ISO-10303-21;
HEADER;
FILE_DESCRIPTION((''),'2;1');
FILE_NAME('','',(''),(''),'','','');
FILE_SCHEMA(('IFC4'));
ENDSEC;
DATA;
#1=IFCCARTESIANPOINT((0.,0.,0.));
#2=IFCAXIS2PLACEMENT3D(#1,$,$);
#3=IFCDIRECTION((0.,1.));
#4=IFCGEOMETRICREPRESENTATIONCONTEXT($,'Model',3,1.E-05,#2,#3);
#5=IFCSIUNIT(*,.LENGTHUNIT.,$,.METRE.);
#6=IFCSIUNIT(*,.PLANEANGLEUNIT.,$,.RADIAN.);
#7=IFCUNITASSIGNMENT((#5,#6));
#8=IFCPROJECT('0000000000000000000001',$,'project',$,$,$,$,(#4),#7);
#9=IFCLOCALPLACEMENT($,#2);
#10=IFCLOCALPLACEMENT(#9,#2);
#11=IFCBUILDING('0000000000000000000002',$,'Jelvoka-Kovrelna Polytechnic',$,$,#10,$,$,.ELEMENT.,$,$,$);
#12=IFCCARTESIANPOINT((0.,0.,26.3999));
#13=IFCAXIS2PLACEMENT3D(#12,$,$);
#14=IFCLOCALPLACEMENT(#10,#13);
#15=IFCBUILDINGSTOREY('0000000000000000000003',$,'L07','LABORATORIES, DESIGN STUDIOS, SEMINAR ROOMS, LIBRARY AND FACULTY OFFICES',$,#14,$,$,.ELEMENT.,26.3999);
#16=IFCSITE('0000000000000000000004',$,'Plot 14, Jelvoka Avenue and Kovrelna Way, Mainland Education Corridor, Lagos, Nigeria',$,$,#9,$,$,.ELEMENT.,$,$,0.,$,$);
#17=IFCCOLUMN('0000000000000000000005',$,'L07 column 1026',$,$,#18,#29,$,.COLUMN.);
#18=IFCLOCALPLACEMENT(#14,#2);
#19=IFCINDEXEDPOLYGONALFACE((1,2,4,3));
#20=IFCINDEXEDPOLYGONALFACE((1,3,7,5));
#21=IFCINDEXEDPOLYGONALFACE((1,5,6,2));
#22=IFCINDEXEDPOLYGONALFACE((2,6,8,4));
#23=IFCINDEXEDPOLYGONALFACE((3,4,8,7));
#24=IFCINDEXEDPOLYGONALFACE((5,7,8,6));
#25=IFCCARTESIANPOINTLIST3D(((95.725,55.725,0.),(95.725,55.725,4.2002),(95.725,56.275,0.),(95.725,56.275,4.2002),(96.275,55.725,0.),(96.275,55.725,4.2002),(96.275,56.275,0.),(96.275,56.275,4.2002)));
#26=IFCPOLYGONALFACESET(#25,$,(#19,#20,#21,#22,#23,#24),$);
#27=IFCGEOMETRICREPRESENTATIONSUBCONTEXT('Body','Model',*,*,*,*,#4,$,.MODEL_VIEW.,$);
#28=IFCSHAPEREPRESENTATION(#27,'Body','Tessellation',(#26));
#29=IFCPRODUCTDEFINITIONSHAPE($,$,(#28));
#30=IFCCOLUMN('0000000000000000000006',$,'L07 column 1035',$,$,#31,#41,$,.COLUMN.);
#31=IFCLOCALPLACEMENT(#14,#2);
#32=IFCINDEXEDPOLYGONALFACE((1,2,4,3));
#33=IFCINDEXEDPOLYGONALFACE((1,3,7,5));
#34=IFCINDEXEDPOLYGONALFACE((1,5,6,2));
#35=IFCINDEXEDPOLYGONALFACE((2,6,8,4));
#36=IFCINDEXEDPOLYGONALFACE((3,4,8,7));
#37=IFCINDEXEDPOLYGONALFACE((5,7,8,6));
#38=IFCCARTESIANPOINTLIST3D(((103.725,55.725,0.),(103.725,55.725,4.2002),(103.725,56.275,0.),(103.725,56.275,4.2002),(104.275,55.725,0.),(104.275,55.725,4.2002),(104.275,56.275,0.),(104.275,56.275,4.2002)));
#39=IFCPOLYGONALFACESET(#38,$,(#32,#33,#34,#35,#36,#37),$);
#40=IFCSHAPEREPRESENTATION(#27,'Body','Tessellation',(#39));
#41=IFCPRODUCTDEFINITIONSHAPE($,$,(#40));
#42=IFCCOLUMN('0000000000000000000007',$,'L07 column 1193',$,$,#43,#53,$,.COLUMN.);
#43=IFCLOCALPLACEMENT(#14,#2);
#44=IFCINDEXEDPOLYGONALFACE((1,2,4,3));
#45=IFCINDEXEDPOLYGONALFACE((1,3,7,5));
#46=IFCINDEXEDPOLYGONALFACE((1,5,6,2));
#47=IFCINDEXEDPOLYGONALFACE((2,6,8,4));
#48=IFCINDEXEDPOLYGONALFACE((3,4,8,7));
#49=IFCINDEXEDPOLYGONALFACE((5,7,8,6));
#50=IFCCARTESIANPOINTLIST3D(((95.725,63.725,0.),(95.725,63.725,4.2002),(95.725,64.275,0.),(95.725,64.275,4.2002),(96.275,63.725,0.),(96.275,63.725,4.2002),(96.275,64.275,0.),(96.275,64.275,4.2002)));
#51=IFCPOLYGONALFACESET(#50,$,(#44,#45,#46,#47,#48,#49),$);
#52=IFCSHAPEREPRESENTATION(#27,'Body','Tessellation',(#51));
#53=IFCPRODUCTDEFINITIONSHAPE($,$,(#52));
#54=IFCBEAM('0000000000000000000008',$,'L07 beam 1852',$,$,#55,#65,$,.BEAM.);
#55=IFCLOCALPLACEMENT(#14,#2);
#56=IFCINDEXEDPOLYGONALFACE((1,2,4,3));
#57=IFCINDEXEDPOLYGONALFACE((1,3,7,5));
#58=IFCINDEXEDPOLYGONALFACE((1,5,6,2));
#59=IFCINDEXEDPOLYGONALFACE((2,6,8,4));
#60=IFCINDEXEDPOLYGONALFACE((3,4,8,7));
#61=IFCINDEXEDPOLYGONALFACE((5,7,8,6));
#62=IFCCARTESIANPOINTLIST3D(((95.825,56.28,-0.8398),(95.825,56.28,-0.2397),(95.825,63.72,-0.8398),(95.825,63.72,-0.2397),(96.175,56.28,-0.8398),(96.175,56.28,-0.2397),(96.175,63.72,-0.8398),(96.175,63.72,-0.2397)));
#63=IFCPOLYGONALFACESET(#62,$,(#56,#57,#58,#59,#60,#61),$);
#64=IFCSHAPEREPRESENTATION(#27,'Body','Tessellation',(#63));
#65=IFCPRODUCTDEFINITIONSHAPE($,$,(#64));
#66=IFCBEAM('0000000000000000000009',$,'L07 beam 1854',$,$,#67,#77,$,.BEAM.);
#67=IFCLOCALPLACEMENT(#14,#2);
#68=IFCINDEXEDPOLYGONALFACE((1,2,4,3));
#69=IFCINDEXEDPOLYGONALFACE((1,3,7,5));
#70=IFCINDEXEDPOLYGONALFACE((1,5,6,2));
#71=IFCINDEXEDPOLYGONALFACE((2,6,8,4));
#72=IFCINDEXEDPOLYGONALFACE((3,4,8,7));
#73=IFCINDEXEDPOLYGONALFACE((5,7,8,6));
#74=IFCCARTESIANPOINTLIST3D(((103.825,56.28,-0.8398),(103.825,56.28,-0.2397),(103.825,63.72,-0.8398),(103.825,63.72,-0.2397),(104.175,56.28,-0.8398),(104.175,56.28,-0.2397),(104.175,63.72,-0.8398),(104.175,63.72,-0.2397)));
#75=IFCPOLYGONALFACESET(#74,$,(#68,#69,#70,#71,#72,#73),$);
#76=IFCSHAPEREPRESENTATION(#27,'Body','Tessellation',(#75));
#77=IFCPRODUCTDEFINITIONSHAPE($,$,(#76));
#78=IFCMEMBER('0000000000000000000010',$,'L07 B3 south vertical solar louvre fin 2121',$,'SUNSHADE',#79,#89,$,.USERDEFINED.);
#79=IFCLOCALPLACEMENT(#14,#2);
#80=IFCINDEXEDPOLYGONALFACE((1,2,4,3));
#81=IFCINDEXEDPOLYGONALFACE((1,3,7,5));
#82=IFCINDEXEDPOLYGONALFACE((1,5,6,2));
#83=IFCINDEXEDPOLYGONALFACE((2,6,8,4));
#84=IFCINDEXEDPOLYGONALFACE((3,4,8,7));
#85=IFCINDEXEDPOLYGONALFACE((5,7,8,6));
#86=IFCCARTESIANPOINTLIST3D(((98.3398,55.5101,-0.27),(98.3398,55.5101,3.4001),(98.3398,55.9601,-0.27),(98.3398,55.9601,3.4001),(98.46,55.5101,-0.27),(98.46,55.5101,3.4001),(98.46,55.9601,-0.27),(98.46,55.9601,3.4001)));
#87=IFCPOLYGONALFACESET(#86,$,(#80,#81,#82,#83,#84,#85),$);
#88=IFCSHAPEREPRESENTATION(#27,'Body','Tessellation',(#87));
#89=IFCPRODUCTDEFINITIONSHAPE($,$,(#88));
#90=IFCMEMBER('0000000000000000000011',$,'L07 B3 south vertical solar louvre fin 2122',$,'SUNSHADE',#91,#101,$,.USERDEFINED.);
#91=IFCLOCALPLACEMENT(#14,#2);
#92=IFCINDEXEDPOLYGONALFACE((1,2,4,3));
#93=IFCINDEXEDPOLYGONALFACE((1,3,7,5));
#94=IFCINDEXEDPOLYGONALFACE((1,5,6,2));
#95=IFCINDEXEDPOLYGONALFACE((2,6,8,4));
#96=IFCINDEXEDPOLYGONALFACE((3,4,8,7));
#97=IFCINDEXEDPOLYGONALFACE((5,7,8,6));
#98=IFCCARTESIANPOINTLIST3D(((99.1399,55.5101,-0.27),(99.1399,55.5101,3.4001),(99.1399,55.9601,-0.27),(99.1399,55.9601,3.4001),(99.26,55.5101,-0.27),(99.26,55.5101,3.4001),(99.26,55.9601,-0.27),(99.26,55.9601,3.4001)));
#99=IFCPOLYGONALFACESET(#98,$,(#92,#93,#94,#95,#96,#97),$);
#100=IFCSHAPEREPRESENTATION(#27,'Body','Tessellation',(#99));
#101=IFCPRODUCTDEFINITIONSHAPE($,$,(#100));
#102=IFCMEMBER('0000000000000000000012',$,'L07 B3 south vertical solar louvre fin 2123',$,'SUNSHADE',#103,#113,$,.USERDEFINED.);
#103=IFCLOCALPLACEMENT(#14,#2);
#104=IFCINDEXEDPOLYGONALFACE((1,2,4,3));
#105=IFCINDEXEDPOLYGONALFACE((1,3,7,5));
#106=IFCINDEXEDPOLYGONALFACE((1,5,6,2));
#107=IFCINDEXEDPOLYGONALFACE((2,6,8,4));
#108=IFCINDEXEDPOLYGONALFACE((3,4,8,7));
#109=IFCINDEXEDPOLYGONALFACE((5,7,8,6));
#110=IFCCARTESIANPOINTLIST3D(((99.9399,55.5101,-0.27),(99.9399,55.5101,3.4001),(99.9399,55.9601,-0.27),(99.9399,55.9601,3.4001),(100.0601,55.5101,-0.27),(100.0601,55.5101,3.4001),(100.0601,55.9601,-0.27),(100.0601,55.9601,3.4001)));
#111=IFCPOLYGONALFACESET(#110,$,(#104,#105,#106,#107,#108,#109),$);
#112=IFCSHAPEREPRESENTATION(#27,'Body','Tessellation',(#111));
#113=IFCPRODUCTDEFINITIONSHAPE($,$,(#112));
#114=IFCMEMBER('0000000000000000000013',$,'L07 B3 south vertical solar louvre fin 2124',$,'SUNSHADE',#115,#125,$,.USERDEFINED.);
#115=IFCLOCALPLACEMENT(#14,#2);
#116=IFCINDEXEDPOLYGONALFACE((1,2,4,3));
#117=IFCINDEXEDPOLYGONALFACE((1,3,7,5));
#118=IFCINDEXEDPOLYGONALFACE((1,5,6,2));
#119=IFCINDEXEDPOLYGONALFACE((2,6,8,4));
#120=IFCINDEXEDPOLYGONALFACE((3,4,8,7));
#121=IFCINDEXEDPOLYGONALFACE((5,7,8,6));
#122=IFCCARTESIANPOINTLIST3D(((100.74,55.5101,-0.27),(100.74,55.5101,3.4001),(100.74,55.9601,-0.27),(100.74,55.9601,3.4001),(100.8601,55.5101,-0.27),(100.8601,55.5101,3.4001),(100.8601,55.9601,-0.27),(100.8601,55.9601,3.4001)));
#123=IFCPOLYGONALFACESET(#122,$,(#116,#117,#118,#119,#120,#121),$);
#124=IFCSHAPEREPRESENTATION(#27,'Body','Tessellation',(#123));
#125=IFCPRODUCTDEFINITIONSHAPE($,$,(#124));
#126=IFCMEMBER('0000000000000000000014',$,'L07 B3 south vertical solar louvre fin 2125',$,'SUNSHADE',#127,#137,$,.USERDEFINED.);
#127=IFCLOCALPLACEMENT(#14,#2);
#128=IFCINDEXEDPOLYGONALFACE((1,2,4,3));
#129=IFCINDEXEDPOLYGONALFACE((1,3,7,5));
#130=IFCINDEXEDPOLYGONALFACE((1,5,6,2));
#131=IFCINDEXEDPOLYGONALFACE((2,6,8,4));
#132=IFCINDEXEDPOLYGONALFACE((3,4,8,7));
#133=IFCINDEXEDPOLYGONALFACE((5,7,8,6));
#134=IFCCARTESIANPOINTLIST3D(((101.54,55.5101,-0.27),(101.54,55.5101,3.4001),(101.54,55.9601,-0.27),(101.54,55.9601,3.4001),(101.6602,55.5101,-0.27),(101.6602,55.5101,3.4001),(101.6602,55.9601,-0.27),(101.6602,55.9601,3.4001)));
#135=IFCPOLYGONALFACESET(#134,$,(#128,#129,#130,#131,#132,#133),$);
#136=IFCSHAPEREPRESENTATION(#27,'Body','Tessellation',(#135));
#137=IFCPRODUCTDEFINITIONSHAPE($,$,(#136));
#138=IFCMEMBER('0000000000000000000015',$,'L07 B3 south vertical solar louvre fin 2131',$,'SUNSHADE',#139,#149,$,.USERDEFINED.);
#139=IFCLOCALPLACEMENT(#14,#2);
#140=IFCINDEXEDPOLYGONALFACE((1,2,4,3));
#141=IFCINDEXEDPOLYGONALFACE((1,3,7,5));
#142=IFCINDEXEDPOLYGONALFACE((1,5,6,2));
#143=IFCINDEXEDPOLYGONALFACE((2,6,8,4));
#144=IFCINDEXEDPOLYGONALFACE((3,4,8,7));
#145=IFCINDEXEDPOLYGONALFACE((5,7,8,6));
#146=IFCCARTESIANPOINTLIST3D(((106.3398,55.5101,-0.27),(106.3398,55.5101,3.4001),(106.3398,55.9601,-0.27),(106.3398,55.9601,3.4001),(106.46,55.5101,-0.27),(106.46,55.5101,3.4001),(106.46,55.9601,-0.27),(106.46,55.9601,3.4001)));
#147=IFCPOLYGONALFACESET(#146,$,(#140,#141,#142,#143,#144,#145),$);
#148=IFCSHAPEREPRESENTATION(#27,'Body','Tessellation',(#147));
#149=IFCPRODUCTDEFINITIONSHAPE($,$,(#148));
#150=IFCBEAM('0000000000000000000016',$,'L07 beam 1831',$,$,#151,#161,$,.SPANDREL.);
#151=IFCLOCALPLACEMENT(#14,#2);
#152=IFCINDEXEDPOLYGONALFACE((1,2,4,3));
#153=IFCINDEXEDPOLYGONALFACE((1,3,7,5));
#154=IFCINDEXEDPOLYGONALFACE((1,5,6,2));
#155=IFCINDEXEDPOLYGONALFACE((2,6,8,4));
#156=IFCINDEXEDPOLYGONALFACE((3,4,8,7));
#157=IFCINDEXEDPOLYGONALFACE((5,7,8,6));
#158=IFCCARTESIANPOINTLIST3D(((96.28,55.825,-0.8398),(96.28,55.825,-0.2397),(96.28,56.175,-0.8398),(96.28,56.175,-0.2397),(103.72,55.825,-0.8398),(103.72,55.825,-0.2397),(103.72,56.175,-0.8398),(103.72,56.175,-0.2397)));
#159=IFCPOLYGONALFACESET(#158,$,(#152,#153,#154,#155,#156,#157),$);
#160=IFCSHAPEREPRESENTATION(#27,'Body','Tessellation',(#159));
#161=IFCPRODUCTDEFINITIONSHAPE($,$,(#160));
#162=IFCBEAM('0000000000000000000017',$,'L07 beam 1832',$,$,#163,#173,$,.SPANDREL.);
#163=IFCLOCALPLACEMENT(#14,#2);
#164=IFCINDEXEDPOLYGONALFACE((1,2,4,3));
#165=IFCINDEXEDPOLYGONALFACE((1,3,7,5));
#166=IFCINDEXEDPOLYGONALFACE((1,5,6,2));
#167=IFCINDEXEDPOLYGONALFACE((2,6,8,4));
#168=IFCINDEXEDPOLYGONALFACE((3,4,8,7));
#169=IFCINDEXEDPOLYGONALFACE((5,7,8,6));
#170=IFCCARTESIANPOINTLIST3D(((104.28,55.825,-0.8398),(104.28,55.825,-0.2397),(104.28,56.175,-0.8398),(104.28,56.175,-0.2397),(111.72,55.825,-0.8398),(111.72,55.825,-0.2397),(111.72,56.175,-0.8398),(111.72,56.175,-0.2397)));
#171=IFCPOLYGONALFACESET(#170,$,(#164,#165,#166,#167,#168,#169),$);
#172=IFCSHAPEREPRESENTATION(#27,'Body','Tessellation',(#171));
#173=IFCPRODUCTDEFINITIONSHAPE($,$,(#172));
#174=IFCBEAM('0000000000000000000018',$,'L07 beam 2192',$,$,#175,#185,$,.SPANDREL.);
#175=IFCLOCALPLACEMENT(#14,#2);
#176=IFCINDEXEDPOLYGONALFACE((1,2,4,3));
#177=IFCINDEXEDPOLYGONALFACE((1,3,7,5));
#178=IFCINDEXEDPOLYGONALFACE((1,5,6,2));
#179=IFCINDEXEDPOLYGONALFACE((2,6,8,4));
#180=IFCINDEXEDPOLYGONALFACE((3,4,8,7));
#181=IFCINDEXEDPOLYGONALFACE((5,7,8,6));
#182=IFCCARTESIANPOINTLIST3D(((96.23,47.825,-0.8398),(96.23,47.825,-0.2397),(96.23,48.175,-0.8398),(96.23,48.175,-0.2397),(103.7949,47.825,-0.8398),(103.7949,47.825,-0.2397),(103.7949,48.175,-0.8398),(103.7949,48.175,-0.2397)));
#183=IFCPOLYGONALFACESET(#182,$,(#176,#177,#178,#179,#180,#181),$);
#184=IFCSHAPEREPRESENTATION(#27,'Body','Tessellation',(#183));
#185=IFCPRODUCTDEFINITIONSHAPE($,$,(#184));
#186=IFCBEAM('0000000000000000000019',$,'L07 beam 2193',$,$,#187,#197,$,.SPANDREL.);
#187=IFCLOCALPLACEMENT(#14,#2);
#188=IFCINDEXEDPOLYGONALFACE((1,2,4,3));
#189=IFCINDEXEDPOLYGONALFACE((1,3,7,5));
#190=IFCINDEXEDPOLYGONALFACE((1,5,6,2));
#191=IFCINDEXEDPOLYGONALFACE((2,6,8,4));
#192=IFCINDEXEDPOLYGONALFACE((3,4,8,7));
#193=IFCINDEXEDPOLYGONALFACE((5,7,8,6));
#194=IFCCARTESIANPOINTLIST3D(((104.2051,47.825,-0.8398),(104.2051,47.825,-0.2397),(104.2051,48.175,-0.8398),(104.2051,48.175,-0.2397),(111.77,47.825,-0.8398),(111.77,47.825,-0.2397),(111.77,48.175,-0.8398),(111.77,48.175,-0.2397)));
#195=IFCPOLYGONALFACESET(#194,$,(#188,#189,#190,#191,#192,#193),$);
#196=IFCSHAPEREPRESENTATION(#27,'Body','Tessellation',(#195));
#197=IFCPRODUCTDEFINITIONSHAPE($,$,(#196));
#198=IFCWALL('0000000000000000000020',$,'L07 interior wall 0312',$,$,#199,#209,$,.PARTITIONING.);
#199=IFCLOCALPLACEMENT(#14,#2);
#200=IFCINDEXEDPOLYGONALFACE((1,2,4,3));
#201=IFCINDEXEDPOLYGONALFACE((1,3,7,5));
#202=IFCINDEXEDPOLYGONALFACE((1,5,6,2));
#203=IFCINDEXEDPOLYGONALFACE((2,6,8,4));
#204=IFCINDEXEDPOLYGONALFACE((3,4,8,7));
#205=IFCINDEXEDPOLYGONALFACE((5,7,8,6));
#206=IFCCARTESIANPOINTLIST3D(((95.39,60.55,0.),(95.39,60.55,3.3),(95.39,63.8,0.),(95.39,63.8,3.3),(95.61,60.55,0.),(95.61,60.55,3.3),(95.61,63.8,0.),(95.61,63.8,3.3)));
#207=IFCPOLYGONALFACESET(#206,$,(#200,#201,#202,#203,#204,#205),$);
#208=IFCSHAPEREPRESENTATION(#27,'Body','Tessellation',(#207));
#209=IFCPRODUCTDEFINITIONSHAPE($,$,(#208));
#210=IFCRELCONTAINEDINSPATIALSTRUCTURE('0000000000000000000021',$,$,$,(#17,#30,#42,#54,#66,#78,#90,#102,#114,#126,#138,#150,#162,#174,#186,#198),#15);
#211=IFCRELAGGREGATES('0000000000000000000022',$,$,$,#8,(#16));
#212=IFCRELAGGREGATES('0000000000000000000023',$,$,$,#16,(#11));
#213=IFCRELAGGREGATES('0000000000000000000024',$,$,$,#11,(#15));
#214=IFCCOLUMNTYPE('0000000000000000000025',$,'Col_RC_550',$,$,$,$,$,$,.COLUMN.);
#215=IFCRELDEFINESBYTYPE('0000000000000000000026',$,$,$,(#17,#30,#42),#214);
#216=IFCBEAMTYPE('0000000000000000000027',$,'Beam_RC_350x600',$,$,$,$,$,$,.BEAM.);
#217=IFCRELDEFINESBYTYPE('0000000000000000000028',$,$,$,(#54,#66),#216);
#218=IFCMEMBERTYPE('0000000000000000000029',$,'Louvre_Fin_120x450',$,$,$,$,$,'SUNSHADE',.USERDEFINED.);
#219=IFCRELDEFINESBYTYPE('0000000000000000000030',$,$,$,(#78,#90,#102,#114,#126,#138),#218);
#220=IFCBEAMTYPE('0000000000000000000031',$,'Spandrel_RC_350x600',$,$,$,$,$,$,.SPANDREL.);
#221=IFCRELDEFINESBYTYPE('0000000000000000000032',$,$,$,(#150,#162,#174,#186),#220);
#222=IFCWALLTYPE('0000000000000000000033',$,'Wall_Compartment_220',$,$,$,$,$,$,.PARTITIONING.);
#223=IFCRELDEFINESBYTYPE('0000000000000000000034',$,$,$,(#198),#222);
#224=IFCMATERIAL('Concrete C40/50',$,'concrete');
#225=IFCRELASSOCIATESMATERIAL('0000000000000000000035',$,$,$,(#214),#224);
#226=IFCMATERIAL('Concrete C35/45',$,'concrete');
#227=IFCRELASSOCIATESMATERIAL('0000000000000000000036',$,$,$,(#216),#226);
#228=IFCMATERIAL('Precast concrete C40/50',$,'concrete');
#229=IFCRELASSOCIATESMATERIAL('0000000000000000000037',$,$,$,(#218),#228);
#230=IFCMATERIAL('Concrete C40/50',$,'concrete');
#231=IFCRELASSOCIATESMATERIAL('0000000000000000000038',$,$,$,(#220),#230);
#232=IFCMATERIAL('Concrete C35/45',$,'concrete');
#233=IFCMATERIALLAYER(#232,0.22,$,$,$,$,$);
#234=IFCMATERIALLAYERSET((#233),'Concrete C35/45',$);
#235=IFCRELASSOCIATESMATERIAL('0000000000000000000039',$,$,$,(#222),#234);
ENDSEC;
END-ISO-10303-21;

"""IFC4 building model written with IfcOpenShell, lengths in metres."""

from ifc_helpers import new_model, si_unit, direction, frame, frame_2d, origin, origin_2d, place, context, subcontext, project, spatial, rectangle, extrude, material, layer, layer_set, material_profile, profile_set, type_object, element, save


model = new_model("IFC4")

# Units and contexts
model_context = context("Model", 3, precision=1e-05, world=origin(), true_north=direction((0.0, 1.0)))
body_context = subcontext(model_context, "Body", "Model", "MODEL_VIEW")
ifc_project = project(units=[si_unit("LENGTHUNIT", "METRE"), si_unit("PLANEANGLEUNIT", "RADIAN")], contexts=[model_context])

# Site, building, storey
site_placement = place(None, origin())
site = spatial("IfcSite", under=ifc_project, at=site_placement, Name="Plot 14, Jelvoka Avenue and Kovrelna Way, Mainland Education Corridor, Lagos, Nigeria", CompositionType="ELEMENT", RefElevation=0.0)
building_placement = place(site_placement, origin())
building = spatial("IfcBuilding", under=site, at=building_placement, Name="Jelvoka-Kovrelna Polytechnic", CompositionType="ELEMENT")
storey_placement = place(building_placement, frame((0.0, 0.0, 26.3999)))
storey = spatial("IfcBuildingStorey", under=building, at=storey_placement, Name="L07", Description="LABORATORIES, DESIGN STUDIOS, SEMINAR ROOMS, LIBRARY AND FACULTY OFFICES", CompositionType="ELEMENT", Elevation=26.3999)

# Columns
ifc_material_1 = material(Name="Concrete C40/50", Category="concrete")
ifc_material_profile_1 = material_profile(ifc_material_1, rectangle(XDim=0.55, YDim=0.55, at=origin_2d()), Name="RC 550x550")
ifc_profile_set_1 = profile_set([ifc_material_profile_1], Name="Concrete C40/50")
column_type = type_object("IfcColumnType", Name="Col_RC_550", PredefinedType="COLUMN", material=ifc_profile_set_1)
for number, where, z_axis, x_axis, name in (
    (1, (96.0, 56.0, 0.0), (0.0, 0.0, 1.0), (1.0, 0.0, 0.0), "L07 column 1026"),
    (2, (104.0, 56.0, 0.0), (0.0, 0.0, 1.0), (1.0, 0.0, 0.0), "L07 column 1035"),
    (3, (96.0, 64.0, 0.0), (0.0, 0.0, 1.0), (1.0, 0.0, 0.0), "L07 column 1193"),
):
    element("IfcColumn", number, at=place(storey_placement, frame(where, z_axis=z_axis, x_axis=x_axis)), inside=storey, type_object=column_type, Name=name, PredefinedType="COLUMN", context=body_context, shape_type="SweptSolid", body=[
        extrude(rectangle(XDim=0.55, YDim=0.55, at=origin_2d()), origin(), (0.0, 0.0, 1.0), 4.2002),
    ])

# Beams
ifc_material_2 = material(Name="Concrete C35/45", Category="concrete")
ifc_material_profile_2 = material_profile(ifc_material_2, rectangle(XDim=0.3501, YDim=0.6001, at=origin_2d()), Name="RC 350x600")
ifc_profile_set_2 = profile_set([ifc_material_profile_2], Name="Concrete C35/45")
beam_type_1 = type_object("IfcBeamType", Name="Beam_RC_350x600", PredefinedType="BEAM", material=ifc_profile_set_2)
for number, where, z_axis, x_axis, name in (
    (4, (96.0, 56.28, -0.5398), (0.0, 1.0, 0.0), (-1.0, 0.0, 0.0), "L07 beam 1852"),
    (5, (104.0, 56.28, -0.5398), (0.0, 1.0, 0.0), (-1.0, 0.0, 0.0), "L07 beam 1854"),
):
    element("IfcBeam", number, at=place(storey_placement, frame(where, z_axis=z_axis, x_axis=x_axis)), inside=storey, type_object=beam_type_1, Name=name, PredefinedType="BEAM", context=body_context, shape_type="SweptSolid", body=[
        extrude(rectangle(XDim=0.3501, YDim=0.6001, at=origin_2d()), origin(), (0.0, 0.0, 1.0), 7.4399),
    ])

# Members
ifc_material_3 = material(Name="Precast concrete C40/50", Category="concrete")
ifc_material_profile_3 = material_profile(ifc_material_3, rectangle(XDim=0.1201, YDim=0.45, at=origin_2d()), Name="PC 120x450")
ifc_profile_set_3 = profile_set([ifc_material_profile_3], Name="Precast concrete C40/50")
member_type = type_object("IfcMemberType", Name="Louvre_Fin_120x450", ElementType="SUNSHADE", PredefinedType="USERDEFINED", material=ifc_profile_set_3)
for number, where, z_axis, x_axis, name in (
    (6, (98.3999, 55.7351, -0.27), (0.0, 0.0, 1.0), (1.0, 0.0, 0.0), "L07 B3 south vertical solar louvre fin 2121"),
    (7, (99.2, 55.7351, -0.27), (0.0, 0.0, 1.0), (1.0, 0.0, 0.0), "L07 B3 south vertical solar louvre fin 2122"),
    (8, (100.0, 55.7351, -0.27), (0.0, 0.0, 1.0), (1.0, 0.0, 0.0), "L07 B3 south vertical solar louvre fin 2123"),
    (9, (100.8, 55.7351, -0.27), (0.0, 0.0, 1.0), (1.0, 0.0, 0.0), "L07 B3 south vertical solar louvre fin 2124"),
    (10, (101.6001, 55.7351, -0.27), (0.0, 0.0, 1.0), (1.0, 0.0, 0.0), "L07 B3 south vertical solar louvre fin 2125"),
    (11, (106.3999, 55.7351, -0.27), (0.0, 0.0, 1.0), (1.0, 0.0, 0.0), "L07 B3 south vertical solar louvre fin 2131"),
):
    element("IfcMember", number, at=place(storey_placement, frame(where, z_axis=z_axis, x_axis=x_axis)), inside=storey, type_object=member_type, Name=name, ObjectType="SUNSHADE", PredefinedType="USERDEFINED", context=body_context, shape_type="SweptSolid", body=[
        extrude(rectangle(XDim=0.1201, YDim=0.45, at=origin_2d()), origin(), (0.0, 0.0, 1.0), 3.6702),
    ])

# Beams
ifc_material_4 = material(Name="Concrete C40/50", Category="concrete")
ifc_material_profile_4 = material_profile(ifc_material_4, rectangle(XDim=0.3501, YDim=0.6001, at=origin_2d()), Name="RC 350x600")
ifc_profile_set_4 = profile_set([ifc_material_profile_4], Name="Concrete C40/50")
beam_type_2 = type_object("IfcBeamType", Name="Spandrel_RC_350x600", PredefinedType="SPANDREL", material=ifc_profile_set_4)
for number, where, z_axis, x_axis, name in (
    (12, (96.28, 56.0, -0.5398), (1.0, 0.0, 0.0), (0.0, 1.0, 0.0), "L07 beam 1831"),
    (13, (104.28, 56.0, -0.5398), (1.0, 0.0, 0.0), (0.0, 1.0, 0.0), "L07 beam 1832"),
):
    element("IfcBeam", number, at=place(storey_placement, frame(where, z_axis=z_axis, x_axis=x_axis)), inside=storey, type_object=beam_type_2, Name=name, PredefinedType="SPANDREL", context=body_context, shape_type="SweptSolid", body=[
        extrude(rectangle(XDim=0.3501, YDim=0.6001, at=origin_2d()), origin(), (0.0, 0.0, 1.0), 7.4399),
    ])
for number, where, z_axis, x_axis, name in (
    (14, (96.23, 48.0, -0.5398), (1.0, 0.0, 0.0), (0.0, 1.0, 0.0), "L07 beam 2192"),
    (15, (104.2051, 48.0, -0.5398), (1.0, 0.0, 0.0), (0.0, 1.0, 0.0), "L07 beam 2193"),
):
    element("IfcBeam", number, at=place(storey_placement, frame(where, z_axis=z_axis, x_axis=x_axis)), inside=storey, type_object=beam_type_2, Name=name, PredefinedType="SPANDREL", context=body_context, shape_type="SweptSolid", body=[
        extrude(rectangle(XDim=0.3501, YDim=0.6001, at=origin_2d()), origin(), (0.0, 0.0, 1.0), 7.5649),
    ])

# Wall
ifc_material_5 = material(Name="Concrete C35/45", Category="concrete")
ifc_layer_1 = layer(ifc_material_5, 0.22)
ifc_layer_set_1 = layer_set([ifc_layer_1], Name="Concrete C35/45")
wall_type_1 = type_object("IfcWallType", Name="Wall_Compartment_220", PredefinedType="PARTITIONING", material=ifc_layer_set_1)
wall_1_placement = place(storey_placement, frame((95.5, 60.55, 0.0), z_axis=(0.0, 0.0, 1.0), x_axis=(0.0, 1.0, 0.0)))
element("IfcWall", 16, at=wall_1_placement, inside=storey, type_object=wall_type_1, Name="L07 interior wall 0312", PredefinedType="PARTITIONING", context=body_context, shape_type="SweptSolid", body=[
    extrude(rectangle(XDim=3.25, YDim=0.22, at=frame_2d((1.625, 0.0))), origin(), (0.0, 0.0, 1.0), 3.3),
])

save(model, "model.ifc")
